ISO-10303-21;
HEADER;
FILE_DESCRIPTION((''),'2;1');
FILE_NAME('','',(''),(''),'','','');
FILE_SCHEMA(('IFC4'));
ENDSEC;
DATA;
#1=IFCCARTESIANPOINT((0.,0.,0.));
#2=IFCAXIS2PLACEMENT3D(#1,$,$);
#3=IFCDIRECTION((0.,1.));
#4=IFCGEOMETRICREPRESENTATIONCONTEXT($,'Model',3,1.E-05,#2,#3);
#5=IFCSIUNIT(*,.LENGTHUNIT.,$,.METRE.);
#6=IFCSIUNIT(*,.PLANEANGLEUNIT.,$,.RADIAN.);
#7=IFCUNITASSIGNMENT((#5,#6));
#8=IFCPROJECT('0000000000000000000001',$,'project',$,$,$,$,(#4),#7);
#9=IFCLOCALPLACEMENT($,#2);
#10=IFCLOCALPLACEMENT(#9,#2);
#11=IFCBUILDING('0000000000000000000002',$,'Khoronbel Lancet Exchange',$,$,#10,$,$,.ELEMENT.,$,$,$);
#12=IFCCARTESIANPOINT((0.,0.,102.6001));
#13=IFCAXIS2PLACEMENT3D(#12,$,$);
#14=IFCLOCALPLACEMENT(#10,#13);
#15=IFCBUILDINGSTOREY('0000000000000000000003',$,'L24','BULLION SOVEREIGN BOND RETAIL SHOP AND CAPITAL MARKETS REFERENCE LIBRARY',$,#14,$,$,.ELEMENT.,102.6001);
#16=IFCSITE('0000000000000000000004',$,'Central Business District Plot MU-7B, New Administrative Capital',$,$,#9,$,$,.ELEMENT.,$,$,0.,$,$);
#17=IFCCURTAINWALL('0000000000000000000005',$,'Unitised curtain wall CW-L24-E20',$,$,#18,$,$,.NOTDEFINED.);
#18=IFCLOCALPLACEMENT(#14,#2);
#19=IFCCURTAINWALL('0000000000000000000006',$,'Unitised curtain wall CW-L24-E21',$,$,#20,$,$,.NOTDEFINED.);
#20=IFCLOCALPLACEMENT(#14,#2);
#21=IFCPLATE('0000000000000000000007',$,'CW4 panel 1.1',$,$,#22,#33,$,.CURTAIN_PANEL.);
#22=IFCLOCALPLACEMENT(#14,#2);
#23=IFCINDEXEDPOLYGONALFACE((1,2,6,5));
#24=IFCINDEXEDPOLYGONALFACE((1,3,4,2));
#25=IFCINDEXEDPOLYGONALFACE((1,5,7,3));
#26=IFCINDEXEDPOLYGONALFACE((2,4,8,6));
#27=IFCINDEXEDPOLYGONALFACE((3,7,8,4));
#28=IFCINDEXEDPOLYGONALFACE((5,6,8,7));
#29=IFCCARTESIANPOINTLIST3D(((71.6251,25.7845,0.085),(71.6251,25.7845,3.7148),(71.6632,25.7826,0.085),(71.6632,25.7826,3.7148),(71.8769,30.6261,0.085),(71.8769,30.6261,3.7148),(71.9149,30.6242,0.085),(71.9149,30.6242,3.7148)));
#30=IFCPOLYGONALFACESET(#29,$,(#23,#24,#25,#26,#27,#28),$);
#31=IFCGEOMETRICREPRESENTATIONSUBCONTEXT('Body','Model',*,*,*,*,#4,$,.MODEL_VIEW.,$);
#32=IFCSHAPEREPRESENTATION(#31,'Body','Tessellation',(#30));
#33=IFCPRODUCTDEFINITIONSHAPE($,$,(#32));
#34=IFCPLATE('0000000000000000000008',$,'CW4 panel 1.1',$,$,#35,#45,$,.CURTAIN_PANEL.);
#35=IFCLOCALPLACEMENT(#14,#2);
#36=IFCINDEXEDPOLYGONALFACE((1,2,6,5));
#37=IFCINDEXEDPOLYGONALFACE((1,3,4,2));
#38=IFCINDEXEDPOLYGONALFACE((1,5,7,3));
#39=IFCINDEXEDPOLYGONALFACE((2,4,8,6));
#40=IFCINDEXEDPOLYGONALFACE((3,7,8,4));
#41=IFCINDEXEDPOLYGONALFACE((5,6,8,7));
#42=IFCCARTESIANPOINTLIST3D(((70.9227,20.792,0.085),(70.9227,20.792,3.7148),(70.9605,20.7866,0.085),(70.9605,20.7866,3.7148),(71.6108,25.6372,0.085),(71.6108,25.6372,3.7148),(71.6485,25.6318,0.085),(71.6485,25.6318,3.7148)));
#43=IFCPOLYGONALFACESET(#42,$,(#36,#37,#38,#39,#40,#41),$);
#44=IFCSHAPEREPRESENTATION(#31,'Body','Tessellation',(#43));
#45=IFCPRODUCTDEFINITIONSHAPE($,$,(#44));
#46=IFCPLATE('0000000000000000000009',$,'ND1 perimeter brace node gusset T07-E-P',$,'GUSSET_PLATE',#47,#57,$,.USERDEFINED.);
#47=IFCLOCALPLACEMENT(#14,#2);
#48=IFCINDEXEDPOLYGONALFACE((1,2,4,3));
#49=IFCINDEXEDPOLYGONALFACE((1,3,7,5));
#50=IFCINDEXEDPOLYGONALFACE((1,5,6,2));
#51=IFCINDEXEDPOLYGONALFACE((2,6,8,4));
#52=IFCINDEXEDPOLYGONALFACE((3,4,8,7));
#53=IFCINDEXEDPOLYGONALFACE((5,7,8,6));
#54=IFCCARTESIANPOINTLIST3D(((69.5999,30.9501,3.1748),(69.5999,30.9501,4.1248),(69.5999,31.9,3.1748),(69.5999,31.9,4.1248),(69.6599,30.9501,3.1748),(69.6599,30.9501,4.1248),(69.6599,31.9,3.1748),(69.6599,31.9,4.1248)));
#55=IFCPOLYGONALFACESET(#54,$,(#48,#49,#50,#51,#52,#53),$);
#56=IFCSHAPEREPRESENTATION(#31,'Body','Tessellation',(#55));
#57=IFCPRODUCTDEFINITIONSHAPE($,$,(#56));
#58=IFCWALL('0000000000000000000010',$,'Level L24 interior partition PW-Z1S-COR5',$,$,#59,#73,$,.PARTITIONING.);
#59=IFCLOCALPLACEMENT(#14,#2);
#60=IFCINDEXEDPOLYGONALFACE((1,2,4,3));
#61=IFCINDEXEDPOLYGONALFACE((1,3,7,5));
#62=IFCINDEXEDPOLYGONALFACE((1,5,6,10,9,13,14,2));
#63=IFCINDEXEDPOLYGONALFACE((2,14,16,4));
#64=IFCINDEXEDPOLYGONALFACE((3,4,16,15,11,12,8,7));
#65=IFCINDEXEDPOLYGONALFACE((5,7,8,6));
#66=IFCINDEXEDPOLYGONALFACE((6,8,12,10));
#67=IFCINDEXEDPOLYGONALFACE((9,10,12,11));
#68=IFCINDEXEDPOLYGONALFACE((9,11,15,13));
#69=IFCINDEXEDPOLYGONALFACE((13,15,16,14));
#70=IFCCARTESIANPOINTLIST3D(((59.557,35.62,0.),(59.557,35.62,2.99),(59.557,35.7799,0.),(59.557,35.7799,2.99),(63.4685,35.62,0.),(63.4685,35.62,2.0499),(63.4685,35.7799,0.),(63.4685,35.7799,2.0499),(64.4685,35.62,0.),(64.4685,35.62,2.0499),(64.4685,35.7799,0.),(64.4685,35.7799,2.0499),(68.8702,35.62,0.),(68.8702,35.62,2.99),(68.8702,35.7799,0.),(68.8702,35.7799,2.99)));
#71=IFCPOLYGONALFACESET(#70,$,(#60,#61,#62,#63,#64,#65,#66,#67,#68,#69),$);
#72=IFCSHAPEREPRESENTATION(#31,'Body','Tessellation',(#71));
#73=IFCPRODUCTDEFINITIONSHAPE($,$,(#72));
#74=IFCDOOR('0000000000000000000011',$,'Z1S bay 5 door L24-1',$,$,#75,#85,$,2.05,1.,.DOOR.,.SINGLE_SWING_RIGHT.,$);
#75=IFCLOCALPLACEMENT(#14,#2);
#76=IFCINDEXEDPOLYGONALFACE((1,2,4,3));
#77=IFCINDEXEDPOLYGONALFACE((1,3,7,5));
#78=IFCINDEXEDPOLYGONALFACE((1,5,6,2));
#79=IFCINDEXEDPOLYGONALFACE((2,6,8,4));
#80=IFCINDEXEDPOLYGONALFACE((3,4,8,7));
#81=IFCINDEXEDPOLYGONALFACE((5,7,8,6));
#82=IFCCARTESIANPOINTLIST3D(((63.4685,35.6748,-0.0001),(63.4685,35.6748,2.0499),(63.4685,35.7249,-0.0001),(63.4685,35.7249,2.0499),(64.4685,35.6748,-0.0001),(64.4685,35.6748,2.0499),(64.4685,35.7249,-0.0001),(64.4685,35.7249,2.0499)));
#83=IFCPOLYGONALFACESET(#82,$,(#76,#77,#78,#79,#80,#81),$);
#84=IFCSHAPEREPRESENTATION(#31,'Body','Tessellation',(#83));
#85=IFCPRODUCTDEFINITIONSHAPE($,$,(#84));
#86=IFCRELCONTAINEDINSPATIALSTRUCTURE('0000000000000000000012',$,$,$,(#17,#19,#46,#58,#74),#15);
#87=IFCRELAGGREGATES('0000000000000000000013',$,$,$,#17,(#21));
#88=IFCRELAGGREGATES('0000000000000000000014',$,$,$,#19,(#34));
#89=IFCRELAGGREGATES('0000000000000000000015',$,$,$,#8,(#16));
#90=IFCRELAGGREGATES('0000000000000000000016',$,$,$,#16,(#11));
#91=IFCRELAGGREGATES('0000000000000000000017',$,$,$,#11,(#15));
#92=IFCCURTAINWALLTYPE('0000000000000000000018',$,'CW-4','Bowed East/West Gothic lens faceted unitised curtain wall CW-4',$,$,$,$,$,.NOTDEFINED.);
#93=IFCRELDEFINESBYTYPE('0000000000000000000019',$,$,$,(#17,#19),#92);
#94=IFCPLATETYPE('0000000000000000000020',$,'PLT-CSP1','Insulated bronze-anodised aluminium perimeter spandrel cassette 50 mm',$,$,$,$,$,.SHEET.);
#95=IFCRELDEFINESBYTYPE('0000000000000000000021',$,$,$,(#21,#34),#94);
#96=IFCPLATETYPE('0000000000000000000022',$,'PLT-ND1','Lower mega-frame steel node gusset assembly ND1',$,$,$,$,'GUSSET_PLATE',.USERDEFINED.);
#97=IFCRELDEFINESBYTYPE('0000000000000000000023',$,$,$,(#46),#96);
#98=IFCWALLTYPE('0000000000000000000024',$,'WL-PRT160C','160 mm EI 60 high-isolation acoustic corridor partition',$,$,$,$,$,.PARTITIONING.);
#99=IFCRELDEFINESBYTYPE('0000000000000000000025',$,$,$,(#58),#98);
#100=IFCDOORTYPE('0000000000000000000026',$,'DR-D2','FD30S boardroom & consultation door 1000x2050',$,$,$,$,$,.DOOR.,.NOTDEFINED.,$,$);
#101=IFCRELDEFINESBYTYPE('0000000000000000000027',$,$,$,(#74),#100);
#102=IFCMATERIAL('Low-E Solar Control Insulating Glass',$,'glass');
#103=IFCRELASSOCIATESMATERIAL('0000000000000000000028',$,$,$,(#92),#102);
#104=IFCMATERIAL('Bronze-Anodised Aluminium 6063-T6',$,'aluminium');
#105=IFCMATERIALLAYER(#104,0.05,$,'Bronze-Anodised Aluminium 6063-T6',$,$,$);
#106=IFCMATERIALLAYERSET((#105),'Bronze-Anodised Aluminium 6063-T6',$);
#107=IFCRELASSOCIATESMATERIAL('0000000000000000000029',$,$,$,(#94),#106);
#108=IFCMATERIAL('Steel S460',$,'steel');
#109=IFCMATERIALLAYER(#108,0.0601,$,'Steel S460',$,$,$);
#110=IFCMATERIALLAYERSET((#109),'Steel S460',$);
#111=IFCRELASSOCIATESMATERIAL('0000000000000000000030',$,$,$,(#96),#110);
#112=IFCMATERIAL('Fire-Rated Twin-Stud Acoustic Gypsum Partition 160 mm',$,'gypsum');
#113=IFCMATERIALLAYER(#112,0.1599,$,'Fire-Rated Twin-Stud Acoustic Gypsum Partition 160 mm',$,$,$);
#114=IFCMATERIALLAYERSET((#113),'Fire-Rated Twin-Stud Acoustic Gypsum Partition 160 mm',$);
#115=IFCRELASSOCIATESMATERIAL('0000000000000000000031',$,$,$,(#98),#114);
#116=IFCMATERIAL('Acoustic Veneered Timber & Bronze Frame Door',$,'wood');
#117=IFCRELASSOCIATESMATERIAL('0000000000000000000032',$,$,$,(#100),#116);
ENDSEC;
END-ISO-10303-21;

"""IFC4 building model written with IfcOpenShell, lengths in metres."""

from ifc_helpers import new_model, si_unit, direction, frame, frame_2d, origin, origin_2d, place, context, subcontext, project, spatial, rectangle, extrude, material, layer, layer_set, type_object, element, fill, aggregate, save


model = new_model("IFC4")

# Units and contexts
model_context = context("Model", 3, precision=1e-05, world=origin(), true_north=direction((0.0, 1.0)))
body_context = subcontext(model_context, "Body", "Model", "MODEL_VIEW")
ifc_project = project(units=[si_unit("LENGTHUNIT", "METRE"), si_unit("PLANEANGLEUNIT", "RADIAN")], contexts=[model_context])

# Site, building, storey
site_placement = place(None, origin())
site = spatial("IfcSite", under=ifc_project, at=site_placement, Name="Central Business District Plot MU-7B, New Administrative Capital", CompositionType="ELEMENT", RefElevation=0.0)
building_placement = place(site_placement, origin())
building = spatial("IfcBuilding", under=site, at=building_placement, Name="Khoronbel Lancet Exchange", CompositionType="ELEMENT")
storey_placement = place(building_placement, frame((0.0, 0.0, 102.6001)))
storey = spatial("IfcBuildingStorey", under=building, at=storey_placement, Name="L24", Description="BULLION SOVEREIGN BOND RETAIL SHOP AND CAPITAL MARKETS REFERENCE LIBRARY", CompositionType="ELEMENT", Elevation=102.6001)

# Shared definitions
ifc_material_1 = material(Name="Low-E Solar Control Insulating Glass", Category="glass")
curtain_wall_type = type_object("IfcCurtainWallType", Name="CW-4", Description="Bowed East/West Gothic lens faceted unitised curtain wall CW-4", PredefinedType="NOTDEFINED", material=ifc_material_1)
ifc_material_2 = material(Name="Bronze-Anodised Aluminium 6063-T6", Category="aluminium")

# Curtain wall
curtain_wall_1_placement = place(storey_placement, origin())
curtain_wall_1 = element("IfcCurtainWall", 1, at=curtain_wall_1_placement, inside=storey, type_object=curtain_wall_type, Name="Unitised curtain wall CW-L24-E20", PredefinedType="NOTDEFINED")

# Curtain wall
curtain_wall_2_placement = place(storey_placement, origin())
curtain_wall_2 = element("IfcCurtainWall", 2, at=curtain_wall_2_placement, inside=storey, type_object=curtain_wall_type, Name="Unitised curtain wall CW-L24-E21", PredefinedType="NOTDEFINED")

# Plates
ifc_layer_1 = layer(ifc_material_2, 0.05, Name="Bronze-Anodised Aluminium 6063-T6")
ifc_layer_set_1 = layer_set([ifc_layer_1], Name="Bronze-Anodised Aluminium 6063-T6")
plate_type_1 = type_object("IfcPlateType", Name="PLT-CSP1", Description="Insulated bronze-anodised aluminium perimeter spandrel cassette 50 mm", PredefinedType="SHEET", material=ifc_layer_set_1)
plate_1_placement = place(storey_placement, frame((71.77, 28.2043, 0.085), z_axis=(0.0, 0.0, 1.0), x_axis=(-0.05192, -0.998651, 0.0)))
plate_1 = element("IfcPlate", 3, at=plate_1_placement, type_object=plate_type_1, Name="CW4 panel 1.1", PredefinedType="CURTAIN_PANEL", context=body_context, shape_type="SweptSolid", body=[
    extrude(rectangle(XDim=4.8481, YDim=0.0381, at=origin_2d()), origin(), (0.0, 0.0, 1.0), 3.6299),
])
aggregate(curtain_wall_1, [plate_1])
plate_2_placement = place(storey_placement, frame((71.2856, 23.2119, 0.085), z_axis=(0.0, 0.0, 1.0), x_axis=(-0.140605, -0.990066, 0.0)))
plate_2 = element("IfcPlate", 4, at=plate_2_placement, type_object=plate_type_1, Name="CW4 panel 1.1", PredefinedType="CURTAIN_PANEL", context=body_context, shape_type="SweptSolid", body=[
    extrude(rectangle(XDim=4.8938, YDim=0.0381, at=origin_2d()), origin(), (0.0, 0.0, 1.0), 3.6299),
])
aggregate(curtain_wall_2, [plate_2])
ifc_material_3 = material(Name="Steel S460", Category="steel")
ifc_layer_2 = layer(ifc_material_3, 0.0601, Name="Steel S460")
ifc_layer_set_2 = layer_set([ifc_layer_2], Name="Steel S460")
plate_type_2 = type_object("IfcPlateType", Name="PLT-ND1", Description="Lower mega-frame steel node gusset assembly ND1", ElementType="GUSSET_PLATE", PredefinedType="USERDEFINED", material=ifc_layer_set_2)
plate_3_placement = place(storey_placement, frame((69.6299, 31.425, 3.1748), z_axis=(0.0, 0.0, 1.0), x_axis=(0.0, 1.0, 0.0)))
element("IfcPlate", 5, at=plate_3_placement, inside=storey, type_object=plate_type_2, Name="ND1 perimeter brace node gusset T07-E-P", ObjectType="GUSSET_PLATE", PredefinedType="USERDEFINED", context=body_context, shape_type="SweptSolid", body=[
    extrude(rectangle(XDim=0.95, YDim=0.0601, at=origin_2d()), origin(), (0.0, 0.0, 1.0), 0.95),
])

# Wall, opening, door
ifc_material_4 = material(Name="Fire-Rated Twin-Stud Acoustic Gypsum Partition 160 mm", Category="gypsum")
ifc_layer_3 = layer(ifc_material_4, 0.1599, Name="Fire-Rated Twin-Stud Acoustic Gypsum Partition 160 mm")
ifc_layer_set_3 = layer_set([ifc_layer_3], Name="Fire-Rated Twin-Stud Acoustic Gypsum Partition 160 mm")
wall_type = type_object("IfcWallType", Name="WL-PRT160C", Description="160 mm EI 60 high-isolation acoustic corridor partition", PredefinedType="PARTITIONING", material=ifc_layer_set_3)
wall_placement = place(storey_placement, frame((59.5569, 35.7, 0.0), z_axis=(0.0, 0.0, 1.0), x_axis=(1.0, 0.0, 0.0)))
wall = element("IfcWall", 6, at=wall_placement, inside=storey, type_object=wall_type, Name="Level L24 interior partition PW-Z1S-COR5", PredefinedType="PARTITIONING", context=body_context, shape_type="SweptSolid", body=[
    extrude(rectangle(XDim=9.3132, YDim=0.1599, at=frame_2d((4.6567, 0.0))), origin(), (0.0, 0.0, 1.0), 2.99),
])
opening_placement = place(wall_placement, frame((3.9116, 0.0, 0.0)))
opening = element("IfcOpeningElement", 7, at=opening_placement, cuts=wall, PredefinedType="OPENING", context=body_context, shape_type="SweptSolid", body=[
    extrude(rectangle(XDim=1.0, YDim=2.05, at=frame_2d((0.5, 1.0249))), frame((0.0, 0.0898, 0.0), z_axis=(0.0, -1.0, 0.0), x_axis=(1.0, 0.0, 0.0)), (0.0, 0.0, 1.0), 0.1799),
])
ifc_material_5 = material(Name="Acoustic Veneered Timber & Bronze Frame Door", Category="wood")
door_type = type_object("IfcDoorType", Name="DR-D2", Description="FD30S boardroom & consultation door 1000x2050", OperationType="NOTDEFINED", PredefinedType="DOOR", material=ifc_material_5)
door_placement = place(opening_placement, origin())
door = element("IfcDoor", 8, at=door_placement, inside=storey, type_object=door_type, Name="Z1S bay 5 door L24-1", OperationType="SINGLE_SWING_RIGHT", OverallHeight=2.05, OverallWidth=1.0, PredefinedType="DOOR", context=body_context, shape_type="SweptSolid", body=[
    extrude(rectangle(XDim=1.0, YDim=2.05, at=frame_2d((0.5, 1.0249))), frame((0.0, 0.0249, 0.0), z_axis=(0.0, -1.0, 0.0), x_axis=(1.0, 0.0, 0.0)), (0.0, 0.0, 1.0), 0.05),
])
fill(opening, door)

save(model, "model.ifc")
